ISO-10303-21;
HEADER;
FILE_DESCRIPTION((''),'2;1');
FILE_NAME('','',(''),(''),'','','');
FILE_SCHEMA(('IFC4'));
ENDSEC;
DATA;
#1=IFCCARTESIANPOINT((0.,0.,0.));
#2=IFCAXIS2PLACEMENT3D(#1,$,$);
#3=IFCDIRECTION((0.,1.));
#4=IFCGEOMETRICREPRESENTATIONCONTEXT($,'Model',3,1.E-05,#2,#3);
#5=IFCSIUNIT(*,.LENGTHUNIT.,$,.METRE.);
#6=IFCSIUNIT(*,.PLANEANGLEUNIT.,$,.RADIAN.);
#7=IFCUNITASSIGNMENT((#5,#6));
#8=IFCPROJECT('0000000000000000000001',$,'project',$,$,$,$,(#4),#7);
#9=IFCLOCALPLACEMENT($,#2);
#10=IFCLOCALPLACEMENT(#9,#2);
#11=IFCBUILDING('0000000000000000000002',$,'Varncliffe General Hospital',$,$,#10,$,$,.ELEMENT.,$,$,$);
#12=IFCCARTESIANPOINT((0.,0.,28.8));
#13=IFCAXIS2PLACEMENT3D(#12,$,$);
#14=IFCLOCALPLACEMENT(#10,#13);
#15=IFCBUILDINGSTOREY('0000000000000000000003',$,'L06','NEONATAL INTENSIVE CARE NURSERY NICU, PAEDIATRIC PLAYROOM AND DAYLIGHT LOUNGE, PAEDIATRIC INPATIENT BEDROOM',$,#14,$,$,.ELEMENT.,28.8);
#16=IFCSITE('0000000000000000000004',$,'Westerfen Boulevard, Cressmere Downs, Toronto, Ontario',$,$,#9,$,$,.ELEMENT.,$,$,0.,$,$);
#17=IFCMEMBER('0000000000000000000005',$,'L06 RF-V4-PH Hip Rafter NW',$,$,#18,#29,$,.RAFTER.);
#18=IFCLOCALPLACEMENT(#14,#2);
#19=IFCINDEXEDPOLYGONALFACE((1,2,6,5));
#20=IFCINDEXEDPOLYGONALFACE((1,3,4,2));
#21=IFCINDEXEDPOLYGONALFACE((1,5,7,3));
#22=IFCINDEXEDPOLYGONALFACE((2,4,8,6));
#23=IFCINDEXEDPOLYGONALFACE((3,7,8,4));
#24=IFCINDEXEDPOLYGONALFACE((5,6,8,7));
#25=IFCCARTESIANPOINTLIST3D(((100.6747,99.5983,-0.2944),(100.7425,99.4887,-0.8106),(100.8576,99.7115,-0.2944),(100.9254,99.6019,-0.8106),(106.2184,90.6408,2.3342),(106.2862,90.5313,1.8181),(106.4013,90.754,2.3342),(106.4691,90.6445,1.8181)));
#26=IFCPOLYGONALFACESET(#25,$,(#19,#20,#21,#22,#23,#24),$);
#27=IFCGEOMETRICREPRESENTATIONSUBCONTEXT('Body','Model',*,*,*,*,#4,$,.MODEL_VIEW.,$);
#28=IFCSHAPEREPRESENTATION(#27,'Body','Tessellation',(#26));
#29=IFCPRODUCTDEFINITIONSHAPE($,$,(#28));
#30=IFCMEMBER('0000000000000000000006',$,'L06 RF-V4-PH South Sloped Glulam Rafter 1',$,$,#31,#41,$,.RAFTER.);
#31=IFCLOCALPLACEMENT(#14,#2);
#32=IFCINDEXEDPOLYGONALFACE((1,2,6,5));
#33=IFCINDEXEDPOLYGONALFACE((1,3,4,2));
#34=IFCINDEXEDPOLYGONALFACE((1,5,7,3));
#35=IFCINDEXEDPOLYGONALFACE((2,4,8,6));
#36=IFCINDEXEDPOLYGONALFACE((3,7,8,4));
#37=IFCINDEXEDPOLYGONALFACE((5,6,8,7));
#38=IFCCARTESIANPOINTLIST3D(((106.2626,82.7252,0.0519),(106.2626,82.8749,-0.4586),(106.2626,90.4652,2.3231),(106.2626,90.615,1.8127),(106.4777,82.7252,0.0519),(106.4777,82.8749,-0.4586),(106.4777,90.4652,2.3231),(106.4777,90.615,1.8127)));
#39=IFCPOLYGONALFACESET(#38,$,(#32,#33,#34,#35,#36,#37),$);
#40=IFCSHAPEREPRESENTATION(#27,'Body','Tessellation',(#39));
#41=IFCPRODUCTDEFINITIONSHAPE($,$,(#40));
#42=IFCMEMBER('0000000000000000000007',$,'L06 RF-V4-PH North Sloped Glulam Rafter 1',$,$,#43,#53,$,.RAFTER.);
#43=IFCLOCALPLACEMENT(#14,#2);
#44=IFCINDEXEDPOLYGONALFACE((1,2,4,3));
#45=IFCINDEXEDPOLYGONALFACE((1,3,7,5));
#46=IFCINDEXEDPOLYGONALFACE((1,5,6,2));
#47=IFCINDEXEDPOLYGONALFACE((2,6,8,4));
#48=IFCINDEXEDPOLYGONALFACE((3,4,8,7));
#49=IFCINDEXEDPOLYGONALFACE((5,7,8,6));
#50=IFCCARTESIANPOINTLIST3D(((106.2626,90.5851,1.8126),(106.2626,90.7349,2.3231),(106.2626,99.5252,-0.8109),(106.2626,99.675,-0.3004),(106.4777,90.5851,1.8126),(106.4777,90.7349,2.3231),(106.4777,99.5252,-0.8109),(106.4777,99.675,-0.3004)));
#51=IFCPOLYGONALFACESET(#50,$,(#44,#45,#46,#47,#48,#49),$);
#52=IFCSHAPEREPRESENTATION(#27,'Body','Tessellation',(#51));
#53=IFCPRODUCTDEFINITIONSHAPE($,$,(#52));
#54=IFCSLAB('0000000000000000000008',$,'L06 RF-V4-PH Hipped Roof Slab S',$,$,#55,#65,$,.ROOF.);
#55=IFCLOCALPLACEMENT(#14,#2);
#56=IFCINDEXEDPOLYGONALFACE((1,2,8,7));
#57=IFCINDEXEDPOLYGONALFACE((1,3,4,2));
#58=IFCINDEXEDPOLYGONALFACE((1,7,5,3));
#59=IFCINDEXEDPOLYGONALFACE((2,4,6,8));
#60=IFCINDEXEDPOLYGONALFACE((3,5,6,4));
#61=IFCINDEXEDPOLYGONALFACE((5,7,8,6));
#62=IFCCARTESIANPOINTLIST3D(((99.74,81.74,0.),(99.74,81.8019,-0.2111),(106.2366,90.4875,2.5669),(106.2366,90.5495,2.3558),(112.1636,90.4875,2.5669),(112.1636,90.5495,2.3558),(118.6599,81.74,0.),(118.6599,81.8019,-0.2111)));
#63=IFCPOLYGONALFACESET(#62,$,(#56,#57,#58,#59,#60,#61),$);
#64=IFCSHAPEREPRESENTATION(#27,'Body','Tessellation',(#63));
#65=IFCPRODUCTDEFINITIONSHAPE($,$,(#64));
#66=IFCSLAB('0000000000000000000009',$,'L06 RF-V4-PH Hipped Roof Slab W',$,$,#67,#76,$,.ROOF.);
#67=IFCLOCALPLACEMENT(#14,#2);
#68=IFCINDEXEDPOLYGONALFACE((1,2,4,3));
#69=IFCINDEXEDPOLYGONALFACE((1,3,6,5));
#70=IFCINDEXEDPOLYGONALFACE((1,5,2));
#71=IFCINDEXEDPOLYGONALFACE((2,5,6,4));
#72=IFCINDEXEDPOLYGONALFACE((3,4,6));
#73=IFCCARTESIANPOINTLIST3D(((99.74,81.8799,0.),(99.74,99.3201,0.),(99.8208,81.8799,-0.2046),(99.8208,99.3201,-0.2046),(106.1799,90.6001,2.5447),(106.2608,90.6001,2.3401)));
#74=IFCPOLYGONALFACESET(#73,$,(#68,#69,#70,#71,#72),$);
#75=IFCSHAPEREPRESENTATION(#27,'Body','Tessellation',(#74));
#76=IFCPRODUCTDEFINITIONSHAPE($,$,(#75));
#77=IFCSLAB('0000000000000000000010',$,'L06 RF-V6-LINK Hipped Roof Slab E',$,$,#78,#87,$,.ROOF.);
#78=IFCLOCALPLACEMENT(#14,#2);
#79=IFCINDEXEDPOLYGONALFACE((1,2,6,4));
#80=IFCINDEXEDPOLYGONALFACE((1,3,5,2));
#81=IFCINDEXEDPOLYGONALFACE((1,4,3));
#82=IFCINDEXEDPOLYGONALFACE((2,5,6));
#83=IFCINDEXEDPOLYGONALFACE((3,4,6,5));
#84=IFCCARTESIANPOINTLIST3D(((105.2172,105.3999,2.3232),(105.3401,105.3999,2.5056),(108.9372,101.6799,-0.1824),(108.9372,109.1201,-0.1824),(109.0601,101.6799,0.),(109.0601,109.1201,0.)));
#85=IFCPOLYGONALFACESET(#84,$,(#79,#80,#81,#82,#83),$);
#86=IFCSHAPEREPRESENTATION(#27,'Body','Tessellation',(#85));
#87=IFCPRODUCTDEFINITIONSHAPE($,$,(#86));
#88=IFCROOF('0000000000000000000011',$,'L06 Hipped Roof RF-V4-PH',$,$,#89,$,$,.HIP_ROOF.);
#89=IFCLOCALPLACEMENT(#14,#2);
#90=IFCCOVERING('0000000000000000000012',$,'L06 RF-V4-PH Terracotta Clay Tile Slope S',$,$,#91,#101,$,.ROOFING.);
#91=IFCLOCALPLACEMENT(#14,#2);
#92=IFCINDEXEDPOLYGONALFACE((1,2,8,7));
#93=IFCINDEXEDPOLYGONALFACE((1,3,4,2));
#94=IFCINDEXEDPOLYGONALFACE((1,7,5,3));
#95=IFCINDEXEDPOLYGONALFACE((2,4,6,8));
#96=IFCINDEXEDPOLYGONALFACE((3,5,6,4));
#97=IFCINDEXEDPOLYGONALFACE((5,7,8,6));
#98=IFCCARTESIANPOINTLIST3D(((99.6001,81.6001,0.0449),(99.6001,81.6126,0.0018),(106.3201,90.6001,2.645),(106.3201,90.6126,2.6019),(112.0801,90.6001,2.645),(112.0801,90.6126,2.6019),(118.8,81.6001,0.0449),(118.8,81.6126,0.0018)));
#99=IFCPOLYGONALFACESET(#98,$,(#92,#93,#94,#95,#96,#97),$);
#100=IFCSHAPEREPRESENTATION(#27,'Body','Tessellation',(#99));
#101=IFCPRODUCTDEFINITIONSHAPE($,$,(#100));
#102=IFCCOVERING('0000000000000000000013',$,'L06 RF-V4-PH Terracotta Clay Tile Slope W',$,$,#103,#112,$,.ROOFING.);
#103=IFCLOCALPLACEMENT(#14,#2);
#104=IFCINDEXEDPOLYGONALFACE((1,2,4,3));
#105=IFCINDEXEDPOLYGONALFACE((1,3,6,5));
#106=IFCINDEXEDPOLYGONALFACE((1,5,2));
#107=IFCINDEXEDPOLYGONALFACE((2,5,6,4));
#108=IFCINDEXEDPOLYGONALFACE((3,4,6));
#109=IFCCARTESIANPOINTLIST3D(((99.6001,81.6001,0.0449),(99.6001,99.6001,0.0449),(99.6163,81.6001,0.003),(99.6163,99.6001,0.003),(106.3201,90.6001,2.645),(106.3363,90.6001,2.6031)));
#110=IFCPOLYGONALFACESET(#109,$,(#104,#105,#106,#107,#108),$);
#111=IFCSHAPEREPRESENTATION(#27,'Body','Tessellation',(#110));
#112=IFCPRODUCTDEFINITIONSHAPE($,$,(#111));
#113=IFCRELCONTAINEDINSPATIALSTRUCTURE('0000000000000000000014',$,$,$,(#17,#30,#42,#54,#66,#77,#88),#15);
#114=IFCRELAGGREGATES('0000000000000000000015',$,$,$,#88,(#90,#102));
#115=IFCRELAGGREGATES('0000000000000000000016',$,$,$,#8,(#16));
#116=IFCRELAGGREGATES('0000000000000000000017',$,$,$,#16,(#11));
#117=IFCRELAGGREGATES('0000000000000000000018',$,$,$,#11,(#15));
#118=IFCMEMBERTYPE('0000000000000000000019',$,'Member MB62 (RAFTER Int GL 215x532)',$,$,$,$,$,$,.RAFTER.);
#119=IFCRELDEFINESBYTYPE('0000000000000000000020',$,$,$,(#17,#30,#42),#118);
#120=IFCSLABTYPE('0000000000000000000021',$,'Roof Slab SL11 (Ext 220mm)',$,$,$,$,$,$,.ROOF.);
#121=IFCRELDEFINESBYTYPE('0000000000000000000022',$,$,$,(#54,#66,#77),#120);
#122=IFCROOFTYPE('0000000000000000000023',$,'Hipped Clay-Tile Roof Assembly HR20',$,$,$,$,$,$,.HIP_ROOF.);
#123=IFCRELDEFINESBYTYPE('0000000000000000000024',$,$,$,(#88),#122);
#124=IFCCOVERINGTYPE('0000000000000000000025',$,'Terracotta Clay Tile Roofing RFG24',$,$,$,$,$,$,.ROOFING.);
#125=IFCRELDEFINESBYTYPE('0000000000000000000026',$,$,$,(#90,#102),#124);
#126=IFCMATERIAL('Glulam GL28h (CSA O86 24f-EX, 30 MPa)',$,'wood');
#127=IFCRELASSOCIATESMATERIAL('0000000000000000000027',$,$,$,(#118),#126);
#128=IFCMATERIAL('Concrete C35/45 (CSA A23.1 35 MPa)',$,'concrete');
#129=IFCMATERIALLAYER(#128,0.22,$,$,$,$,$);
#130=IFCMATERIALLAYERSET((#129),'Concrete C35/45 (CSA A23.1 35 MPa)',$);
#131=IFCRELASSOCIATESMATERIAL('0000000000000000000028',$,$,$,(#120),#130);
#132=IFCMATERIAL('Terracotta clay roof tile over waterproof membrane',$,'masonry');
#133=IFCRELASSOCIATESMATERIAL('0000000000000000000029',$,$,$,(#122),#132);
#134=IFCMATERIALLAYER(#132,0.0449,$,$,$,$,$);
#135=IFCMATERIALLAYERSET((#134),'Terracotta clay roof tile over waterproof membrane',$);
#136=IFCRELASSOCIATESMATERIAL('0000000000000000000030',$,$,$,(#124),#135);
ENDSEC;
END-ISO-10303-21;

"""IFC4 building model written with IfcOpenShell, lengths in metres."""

from ifc_helpers import new_model, si_unit, direction, frame, origin, origin_2d, place, context, subcontext, project, spatial, polyline, rectangle, outline, extrude, material, layer, layer_set, material_profile, profile_set, type_object, element, aggregate, save


model = new_model("IFC4")

# Units and contexts
model_context = context("Model", 3, precision=1e-05, world=origin(), true_north=direction((0.0, 1.0)))
body_context = subcontext(model_context, "Body", "Model", "MODEL_VIEW")
ifc_project = project(units=[si_unit("LENGTHUNIT", "METRE"), si_unit("PLANEANGLEUNIT", "RADIAN")], contexts=[model_context])

# Site, building, storey
site_placement = place(None, origin())
site = spatial("IfcSite", under=ifc_project, at=site_placement, Name="Westerfen Boulevard, Cressmere Downs, Toronto, Ontario", CompositionType="ELEMENT", RefElevation=0.0)
building_placement = place(site_placement, origin())
building = spatial("IfcBuilding", under=site, at=building_placement, Name="Varncliffe General Hospital", CompositionType="ELEMENT")
storey_placement = place(building_placement, frame((0.0, 0.0, 28.8)))
storey = spatial("IfcBuildingStorey", under=building, at=storey_placement, Name="L06", Description="NEONATAL INTENSIVE CARE NURSERY NICU, PAEDIATRIC PLAYROOM AND DAYLIGHT LOUNGE, PAEDIATRIC INPATIENT BEDROOM", CompositionType="ELEMENT", Elevation=28.8)

# Shared definitions
ifc_material_1 = material(Name="Glulam GL28h (CSA O86 24f-EX, 30 MPa)", Category="wood")

# Members
ifc_material_profile_1 = material_profile(ifc_material_1, rectangle(XDim=0.2151, YDim=0.532, at=origin_2d()), Name="GL 215x532")
ifc_profile_set_1 = profile_set([ifc_material_profile_1], Name="Glulam GL28h (CSA O86 24f-EX, 30 MPa)")
member_type_1 = type_object("IfcMemberType", Name="Member MB62 (RAFTER Int GL 215x532)", PredefinedType="RAFTER", material=ifc_profile_set_1)
member_1_placement = place(storey_placement, frame((100.8, 99.6001, -0.5525), z_axis=(0.5106, -0.825027, 0.242111), x_axis=(0.850326, 0.526256, 0.0)))
element("IfcMember", 1, at=member_1_placement, inside=storey, type_object=member_type_1, Name="L06 RF-V4-PH Hip Rafter NW", PredefinedType="RAFTER", context=body_context, shape_type="SweptSolid", body=[
    extrude(rectangle(XDim=0.2151, YDim=0.532, at=origin_2d()), origin(), (0.0, 0.0, 1.0), 10.8572),
])
member_2_placement = place(storey_placement, frame((106.3701, 82.8, -0.2034), z_axis=(0.0, 0.959541, 0.28157), x_axis=(-1.0, 0.0, 0.0)))
element("IfcMember", 2, at=member_2_placement, inside=storey, type_object=member_type_1, Name="L06 RF-V4-PH South Sloped Glulam Rafter 1", PredefinedType="RAFTER", context=body_context, shape_type="SweptSolid", body=[
    extrude(rectangle(XDim=0.2151, YDim=0.532, at=origin_2d()), origin(), (0.0, 0.0, 1.0), 8.0664),
])
member_3_placement = place(storey_placement, frame((106.3701, 99.6001, -0.5557), z_axis=(0.0, -0.959538, 0.28158), x_axis=(1.0, 0.0, 0.0)))
element("IfcMember", 3, at=member_3_placement, inside=storey, type_object=member_type_1, Name="L06 RF-V4-PH North Sloped Glulam Rafter 1", PredefinedType="RAFTER", context=body_context, shape_type="SweptSolid", body=[
    extrude(rectangle(XDim=0.2151, YDim=0.532, at=origin_2d()), origin(), (0.0, 0.0, 1.0), 9.3171),
])

# Slabs
ifc_material_2 = material(Name="Concrete C35/45 (CSA A23.1 35 MPa)", Category="concrete")
ifc_layer_1 = layer(ifc_material_2, 0.22)
ifc_layer_set_1 = layer_set([ifc_layer_1], Name="Concrete C35/45 (CSA A23.1 35 MPa)")
slab_type = type_object("IfcSlabType", Name="Roof Slab SL11 (Ext 220mm)", PredefinedType="ROOF", material=ifc_layer_set_1)
slab_1_placement = place(storey_placement, frame((99.74, 81.74, 0.0), z_axis=(0.0, -0.281569, 0.959541), x_axis=(1.0, 0.0, 0.0)))
element("IfcSlab", 4, at=slab_1_placement, inside=storey, type_object=slab_type, Name="L06 RF-V4-PH Hipped Roof Slab S", PredefinedType="ROOF", context=body_context, shape_type="SweptSolid", body=[
    extrude(outline(polyline([(0.0, 0.0), (18.9199, 0.0), (12.4236, 9.1164), (6.4966, 9.1164), (0.0, 0.0)])), origin(), (0.0, 0.0, -1.0), 0.22),
])
slab_2_placement = place(storey_placement, frame((99.74, 99.3201, 0.0), z_axis=(-0.367491, 0.0, 0.930027), x_axis=(0.0, -1.0, 0.0)))
element("IfcSlab", 5, at=slab_2_placement, inside=storey, type_object=slab_type, Name="L06 RF-V4-PH Hipped Roof Slab W", PredefinedType="ROOF", context=body_context, shape_type="SweptSolid", body=[
    extrude(outline(polyline([(0.0, 0.0), (17.4402, 0.0), (8.72, 6.9245), (0.0, 0.0)])), origin(), (0.0, 0.0, -1.0), 0.22),
])
slab_3_placement = place(storey_placement, frame((109.0601, 101.6799, 0.0), z_axis=(0.558651, 0.0, 0.829403), x_axis=(0.0, 1.0, 0.0)))
element("IfcSlab", 6, at=slab_3_placement, inside=storey, type_object=slab_type, Name="L06 RF-V6-LINK Hipped Roof Slab E", PredefinedType="ROOF", context=body_context, shape_type="SweptSolid", body=[
    extrude(outline(polyline([(0.0, 0.0), (7.4402, 0.0), (3.72, 4.4851), (0.0, 0.0)])), origin(), (0.0, 0.0, -1.0), 0.22),
])

# Roof, coverings
ifc_material_3 = material(Name="Terracotta clay roof tile over waterproof membrane", Category="masonry")
roof_type = type_object("IfcRoofType", Name="Hipped Clay-Tile Roof Assembly HR20", PredefinedType="HIP_ROOF", material=ifc_material_3)
roof_placement = place(storey_placement, origin())
roof = element("IfcRoof", 7, at=roof_placement, inside=storey, type_object=roof_type, Name="L06 Hipped Roof RF-V4-PH", PredefinedType="HIP_ROOF")
ifc_layer_2 = layer(ifc_material_3, 0.0449)
ifc_layer_set_2 = layer_set([ifc_layer_2], Name="Terracotta clay roof tile over waterproof membrane")
covering_type = type_object("IfcCoveringType", Name="Terracotta Clay Tile Roofing RFG24", PredefinedType="ROOFING", material=ifc_layer_set_2)
covering_1_placement = place(storey_placement, frame((99.6001, 81.6001, 0.0449), z_axis=(0.0, -0.277549, 0.960711), x_axis=(1.0, 0.0, 0.0)))
covering_1 = element("IfcCovering", 8, at=covering_1_placement, type_object=covering_type, Name="L06 RF-V4-PH Terracotta Clay Tile Slope S", PredefinedType="ROOFING", context=body_context, shape_type="SweptSolid", body=[
    extrude(outline(polyline([(0.0, 0.0), (19.2, 0.0), (12.48, 9.3681), (6.72, 9.3681), (0.0, 0.0)])), origin(), (0.0, 0.0, -1.0), 0.0449),
])
covering_2_placement = place(storey_placement, frame((99.6001, 99.6001, 0.0449), z_axis=(-0.360852, 0.0, 0.932623), x_axis=(0.0, -1.0, 0.0)))
covering_2 = element("IfcCovering", 9, at=covering_2_placement, type_object=covering_type, Name="L06 RF-V4-PH Terracotta Clay Tile Slope W", PredefinedType="ROOFING", context=body_context, shape_type="SweptSolid", body=[
    extrude(outline(polyline([(0.0, 0.0), (18.0, 0.0), (9.0, 7.2055), (0.0, 0.0)])), origin(), (0.0, 0.0, -1.0), 0.0449),
])
aggregate(roof, [covering_1, covering_2])

save(model, "model.ifc")
